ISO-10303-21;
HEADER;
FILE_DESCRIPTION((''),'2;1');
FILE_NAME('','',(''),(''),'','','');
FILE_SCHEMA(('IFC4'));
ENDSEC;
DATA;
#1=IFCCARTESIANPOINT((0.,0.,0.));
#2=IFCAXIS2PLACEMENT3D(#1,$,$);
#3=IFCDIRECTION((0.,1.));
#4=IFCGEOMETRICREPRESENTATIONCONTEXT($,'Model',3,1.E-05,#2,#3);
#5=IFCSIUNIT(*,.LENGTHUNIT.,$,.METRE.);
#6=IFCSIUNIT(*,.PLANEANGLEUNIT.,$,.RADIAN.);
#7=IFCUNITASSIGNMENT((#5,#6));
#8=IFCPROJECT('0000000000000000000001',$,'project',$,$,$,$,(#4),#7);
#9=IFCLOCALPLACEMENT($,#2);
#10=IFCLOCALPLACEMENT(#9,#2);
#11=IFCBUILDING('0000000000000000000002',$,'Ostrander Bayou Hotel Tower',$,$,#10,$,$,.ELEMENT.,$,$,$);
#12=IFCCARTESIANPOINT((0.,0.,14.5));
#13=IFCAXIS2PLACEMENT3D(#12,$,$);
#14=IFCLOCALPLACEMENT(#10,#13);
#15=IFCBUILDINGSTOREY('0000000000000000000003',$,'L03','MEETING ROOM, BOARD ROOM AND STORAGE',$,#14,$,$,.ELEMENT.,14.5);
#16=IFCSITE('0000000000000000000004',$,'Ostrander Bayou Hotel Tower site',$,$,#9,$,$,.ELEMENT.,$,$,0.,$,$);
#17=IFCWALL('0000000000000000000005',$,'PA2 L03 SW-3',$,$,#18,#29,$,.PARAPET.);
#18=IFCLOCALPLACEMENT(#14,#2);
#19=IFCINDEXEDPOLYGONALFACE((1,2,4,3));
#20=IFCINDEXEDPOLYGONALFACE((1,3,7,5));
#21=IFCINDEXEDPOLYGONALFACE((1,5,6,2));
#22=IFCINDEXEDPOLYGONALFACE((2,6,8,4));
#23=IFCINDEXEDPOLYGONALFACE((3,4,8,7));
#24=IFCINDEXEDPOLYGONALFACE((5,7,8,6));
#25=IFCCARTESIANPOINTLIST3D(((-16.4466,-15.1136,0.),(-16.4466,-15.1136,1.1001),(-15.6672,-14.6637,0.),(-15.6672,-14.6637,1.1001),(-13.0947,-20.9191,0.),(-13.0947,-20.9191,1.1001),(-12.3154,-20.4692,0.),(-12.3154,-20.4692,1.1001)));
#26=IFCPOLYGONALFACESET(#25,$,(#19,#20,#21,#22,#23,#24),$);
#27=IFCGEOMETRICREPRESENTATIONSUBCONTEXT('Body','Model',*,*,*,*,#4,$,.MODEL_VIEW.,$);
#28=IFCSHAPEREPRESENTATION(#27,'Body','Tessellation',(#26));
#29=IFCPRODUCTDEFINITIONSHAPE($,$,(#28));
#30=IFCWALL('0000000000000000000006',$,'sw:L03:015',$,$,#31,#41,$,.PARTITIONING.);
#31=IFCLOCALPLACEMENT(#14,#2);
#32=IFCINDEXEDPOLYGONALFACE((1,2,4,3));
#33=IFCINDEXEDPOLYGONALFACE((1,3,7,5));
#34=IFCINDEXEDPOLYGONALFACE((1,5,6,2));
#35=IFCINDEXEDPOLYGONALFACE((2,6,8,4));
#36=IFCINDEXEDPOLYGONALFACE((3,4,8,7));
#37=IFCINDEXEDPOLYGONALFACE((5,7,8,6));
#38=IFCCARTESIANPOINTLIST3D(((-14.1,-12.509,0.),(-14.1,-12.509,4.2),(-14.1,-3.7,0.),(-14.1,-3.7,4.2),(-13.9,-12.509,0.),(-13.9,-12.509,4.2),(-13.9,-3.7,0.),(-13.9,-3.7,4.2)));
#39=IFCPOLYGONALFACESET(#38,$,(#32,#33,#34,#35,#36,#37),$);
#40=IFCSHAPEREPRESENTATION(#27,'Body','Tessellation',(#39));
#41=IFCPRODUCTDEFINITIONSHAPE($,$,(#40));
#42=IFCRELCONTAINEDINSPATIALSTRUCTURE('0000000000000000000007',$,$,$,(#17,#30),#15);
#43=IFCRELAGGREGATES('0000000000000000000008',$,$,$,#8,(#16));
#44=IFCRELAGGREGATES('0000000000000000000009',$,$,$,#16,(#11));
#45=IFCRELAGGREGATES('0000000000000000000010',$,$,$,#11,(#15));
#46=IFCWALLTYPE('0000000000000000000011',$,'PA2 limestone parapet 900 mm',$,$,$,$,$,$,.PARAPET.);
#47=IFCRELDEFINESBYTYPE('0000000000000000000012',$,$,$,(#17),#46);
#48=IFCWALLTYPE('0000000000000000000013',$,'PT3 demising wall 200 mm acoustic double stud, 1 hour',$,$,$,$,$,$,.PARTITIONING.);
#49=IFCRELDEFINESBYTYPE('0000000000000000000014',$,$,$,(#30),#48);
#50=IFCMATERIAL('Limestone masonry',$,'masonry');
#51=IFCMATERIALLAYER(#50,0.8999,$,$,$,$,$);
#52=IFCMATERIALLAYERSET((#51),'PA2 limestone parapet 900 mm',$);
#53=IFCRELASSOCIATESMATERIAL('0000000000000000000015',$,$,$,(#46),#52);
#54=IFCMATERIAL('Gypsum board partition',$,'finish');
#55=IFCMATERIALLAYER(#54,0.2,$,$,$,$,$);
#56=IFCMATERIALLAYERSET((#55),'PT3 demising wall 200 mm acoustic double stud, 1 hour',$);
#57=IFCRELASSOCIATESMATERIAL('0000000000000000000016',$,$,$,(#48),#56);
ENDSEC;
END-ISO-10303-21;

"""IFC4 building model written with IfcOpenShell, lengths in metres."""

from ifc_helpers import new_model, si_unit, direction, frame, frame_2d, origin, place, context, subcontext, project, spatial, rectangle, extrude, material, layer, layer_set, type_object, element, save


model = new_model("IFC4")

# Units and contexts
model_context = context("Model", 3, precision=1e-05, world=origin(), true_north=direction((0.0, 1.0)))
body_context = subcontext(model_context, "Body", "Model", "MODEL_VIEW")
ifc_project = project(units=[si_unit("LENGTHUNIT", "METRE"), si_unit("PLANEANGLEUNIT", "RADIAN")], contexts=[model_context])

# Site, building, storey
site_placement = place(None, origin())
site = spatial("IfcSite", under=ifc_project, at=site_placement, Name="Ostrander Bayou Hotel Tower site", CompositionType="ELEMENT", RefElevation=0.0)
building_placement = place(site_placement, origin())
building = spatial("IfcBuilding", under=site, at=building_placement, Name="Ostrander Bayou Hotel Tower", CompositionType="ELEMENT")
storey_placement = place(building_placement, frame((0.0, 0.0, 14.5)))
storey = spatial("IfcBuildingStorey", under=building, at=storey_placement, Name="L03", Description="MEETING ROOM, BOARD ROOM AND STORAGE", CompositionType="ELEMENT", Elevation=14.5)

# Walls
ifc_material_1 = material(Name="Limestone masonry", Category="masonry")
ifc_layer_1 = layer(ifc_material_1, 0.8999)
ifc_layer_set_1 = layer_set([ifc_layer_1], Name="PA2 limestone parapet 900 mm")
wall_type_1 = type_object("IfcWallType", Name="PA2 limestone parapet 900 mm", PredefinedType="PARAPET", material=ifc_layer_set_1)
wall_1_placement = place(storey_placement, frame((-16.0569, -14.8887, 0.0), z_axis=(0.0, 0.0, 1.0), x_axis=(0.500005, -0.866022, 0.0)))
element("IfcWall", 1, at=wall_1_placement, inside=storey, type_object=wall_type_1, Name="PA2 L03 SW-3", PredefinedType="PARAPET", context=body_context, shape_type="SweptSolid", body=[
    extrude(rectangle(XDim=6.7036, YDim=0.8999, at=frame_2d((3.3518, 0.0))), origin(), (0.0, 0.0, 1.0), 1.1001),
])
ifc_material_2 = material(Name="Gypsum board partition", Category="finish")
ifc_layer_2 = layer(ifc_material_2, 0.2)
ifc_layer_set_2 = layer_set([ifc_layer_2], Name="PT3 demising wall 200 mm acoustic double stud, 1 hour")
wall_type_2 = type_object("IfcWallType", Name="PT3 demising wall 200 mm acoustic double stud, 1 hour", PredefinedType="PARTITIONING", material=ifc_layer_set_2)
wall_2_placement = place(storey_placement, frame((-14.0, -12.509, 0.0), z_axis=(0.0, 0.0, 1.0), x_axis=(0.0, 1.0, 0.0)))
element("IfcWall", 2, at=wall_2_placement, inside=storey, type_object=wall_type_2, Name="sw:L03:015", PredefinedType="PARTITIONING", context=body_context, shape_type="SweptSolid", body=[
    extrude(rectangle(XDim=8.8091, YDim=0.2, at=frame_2d((4.4045, 0.0))), origin(), (0.0, 0.0, 1.0), 4.2),
])

save(model, "model.ifc")
